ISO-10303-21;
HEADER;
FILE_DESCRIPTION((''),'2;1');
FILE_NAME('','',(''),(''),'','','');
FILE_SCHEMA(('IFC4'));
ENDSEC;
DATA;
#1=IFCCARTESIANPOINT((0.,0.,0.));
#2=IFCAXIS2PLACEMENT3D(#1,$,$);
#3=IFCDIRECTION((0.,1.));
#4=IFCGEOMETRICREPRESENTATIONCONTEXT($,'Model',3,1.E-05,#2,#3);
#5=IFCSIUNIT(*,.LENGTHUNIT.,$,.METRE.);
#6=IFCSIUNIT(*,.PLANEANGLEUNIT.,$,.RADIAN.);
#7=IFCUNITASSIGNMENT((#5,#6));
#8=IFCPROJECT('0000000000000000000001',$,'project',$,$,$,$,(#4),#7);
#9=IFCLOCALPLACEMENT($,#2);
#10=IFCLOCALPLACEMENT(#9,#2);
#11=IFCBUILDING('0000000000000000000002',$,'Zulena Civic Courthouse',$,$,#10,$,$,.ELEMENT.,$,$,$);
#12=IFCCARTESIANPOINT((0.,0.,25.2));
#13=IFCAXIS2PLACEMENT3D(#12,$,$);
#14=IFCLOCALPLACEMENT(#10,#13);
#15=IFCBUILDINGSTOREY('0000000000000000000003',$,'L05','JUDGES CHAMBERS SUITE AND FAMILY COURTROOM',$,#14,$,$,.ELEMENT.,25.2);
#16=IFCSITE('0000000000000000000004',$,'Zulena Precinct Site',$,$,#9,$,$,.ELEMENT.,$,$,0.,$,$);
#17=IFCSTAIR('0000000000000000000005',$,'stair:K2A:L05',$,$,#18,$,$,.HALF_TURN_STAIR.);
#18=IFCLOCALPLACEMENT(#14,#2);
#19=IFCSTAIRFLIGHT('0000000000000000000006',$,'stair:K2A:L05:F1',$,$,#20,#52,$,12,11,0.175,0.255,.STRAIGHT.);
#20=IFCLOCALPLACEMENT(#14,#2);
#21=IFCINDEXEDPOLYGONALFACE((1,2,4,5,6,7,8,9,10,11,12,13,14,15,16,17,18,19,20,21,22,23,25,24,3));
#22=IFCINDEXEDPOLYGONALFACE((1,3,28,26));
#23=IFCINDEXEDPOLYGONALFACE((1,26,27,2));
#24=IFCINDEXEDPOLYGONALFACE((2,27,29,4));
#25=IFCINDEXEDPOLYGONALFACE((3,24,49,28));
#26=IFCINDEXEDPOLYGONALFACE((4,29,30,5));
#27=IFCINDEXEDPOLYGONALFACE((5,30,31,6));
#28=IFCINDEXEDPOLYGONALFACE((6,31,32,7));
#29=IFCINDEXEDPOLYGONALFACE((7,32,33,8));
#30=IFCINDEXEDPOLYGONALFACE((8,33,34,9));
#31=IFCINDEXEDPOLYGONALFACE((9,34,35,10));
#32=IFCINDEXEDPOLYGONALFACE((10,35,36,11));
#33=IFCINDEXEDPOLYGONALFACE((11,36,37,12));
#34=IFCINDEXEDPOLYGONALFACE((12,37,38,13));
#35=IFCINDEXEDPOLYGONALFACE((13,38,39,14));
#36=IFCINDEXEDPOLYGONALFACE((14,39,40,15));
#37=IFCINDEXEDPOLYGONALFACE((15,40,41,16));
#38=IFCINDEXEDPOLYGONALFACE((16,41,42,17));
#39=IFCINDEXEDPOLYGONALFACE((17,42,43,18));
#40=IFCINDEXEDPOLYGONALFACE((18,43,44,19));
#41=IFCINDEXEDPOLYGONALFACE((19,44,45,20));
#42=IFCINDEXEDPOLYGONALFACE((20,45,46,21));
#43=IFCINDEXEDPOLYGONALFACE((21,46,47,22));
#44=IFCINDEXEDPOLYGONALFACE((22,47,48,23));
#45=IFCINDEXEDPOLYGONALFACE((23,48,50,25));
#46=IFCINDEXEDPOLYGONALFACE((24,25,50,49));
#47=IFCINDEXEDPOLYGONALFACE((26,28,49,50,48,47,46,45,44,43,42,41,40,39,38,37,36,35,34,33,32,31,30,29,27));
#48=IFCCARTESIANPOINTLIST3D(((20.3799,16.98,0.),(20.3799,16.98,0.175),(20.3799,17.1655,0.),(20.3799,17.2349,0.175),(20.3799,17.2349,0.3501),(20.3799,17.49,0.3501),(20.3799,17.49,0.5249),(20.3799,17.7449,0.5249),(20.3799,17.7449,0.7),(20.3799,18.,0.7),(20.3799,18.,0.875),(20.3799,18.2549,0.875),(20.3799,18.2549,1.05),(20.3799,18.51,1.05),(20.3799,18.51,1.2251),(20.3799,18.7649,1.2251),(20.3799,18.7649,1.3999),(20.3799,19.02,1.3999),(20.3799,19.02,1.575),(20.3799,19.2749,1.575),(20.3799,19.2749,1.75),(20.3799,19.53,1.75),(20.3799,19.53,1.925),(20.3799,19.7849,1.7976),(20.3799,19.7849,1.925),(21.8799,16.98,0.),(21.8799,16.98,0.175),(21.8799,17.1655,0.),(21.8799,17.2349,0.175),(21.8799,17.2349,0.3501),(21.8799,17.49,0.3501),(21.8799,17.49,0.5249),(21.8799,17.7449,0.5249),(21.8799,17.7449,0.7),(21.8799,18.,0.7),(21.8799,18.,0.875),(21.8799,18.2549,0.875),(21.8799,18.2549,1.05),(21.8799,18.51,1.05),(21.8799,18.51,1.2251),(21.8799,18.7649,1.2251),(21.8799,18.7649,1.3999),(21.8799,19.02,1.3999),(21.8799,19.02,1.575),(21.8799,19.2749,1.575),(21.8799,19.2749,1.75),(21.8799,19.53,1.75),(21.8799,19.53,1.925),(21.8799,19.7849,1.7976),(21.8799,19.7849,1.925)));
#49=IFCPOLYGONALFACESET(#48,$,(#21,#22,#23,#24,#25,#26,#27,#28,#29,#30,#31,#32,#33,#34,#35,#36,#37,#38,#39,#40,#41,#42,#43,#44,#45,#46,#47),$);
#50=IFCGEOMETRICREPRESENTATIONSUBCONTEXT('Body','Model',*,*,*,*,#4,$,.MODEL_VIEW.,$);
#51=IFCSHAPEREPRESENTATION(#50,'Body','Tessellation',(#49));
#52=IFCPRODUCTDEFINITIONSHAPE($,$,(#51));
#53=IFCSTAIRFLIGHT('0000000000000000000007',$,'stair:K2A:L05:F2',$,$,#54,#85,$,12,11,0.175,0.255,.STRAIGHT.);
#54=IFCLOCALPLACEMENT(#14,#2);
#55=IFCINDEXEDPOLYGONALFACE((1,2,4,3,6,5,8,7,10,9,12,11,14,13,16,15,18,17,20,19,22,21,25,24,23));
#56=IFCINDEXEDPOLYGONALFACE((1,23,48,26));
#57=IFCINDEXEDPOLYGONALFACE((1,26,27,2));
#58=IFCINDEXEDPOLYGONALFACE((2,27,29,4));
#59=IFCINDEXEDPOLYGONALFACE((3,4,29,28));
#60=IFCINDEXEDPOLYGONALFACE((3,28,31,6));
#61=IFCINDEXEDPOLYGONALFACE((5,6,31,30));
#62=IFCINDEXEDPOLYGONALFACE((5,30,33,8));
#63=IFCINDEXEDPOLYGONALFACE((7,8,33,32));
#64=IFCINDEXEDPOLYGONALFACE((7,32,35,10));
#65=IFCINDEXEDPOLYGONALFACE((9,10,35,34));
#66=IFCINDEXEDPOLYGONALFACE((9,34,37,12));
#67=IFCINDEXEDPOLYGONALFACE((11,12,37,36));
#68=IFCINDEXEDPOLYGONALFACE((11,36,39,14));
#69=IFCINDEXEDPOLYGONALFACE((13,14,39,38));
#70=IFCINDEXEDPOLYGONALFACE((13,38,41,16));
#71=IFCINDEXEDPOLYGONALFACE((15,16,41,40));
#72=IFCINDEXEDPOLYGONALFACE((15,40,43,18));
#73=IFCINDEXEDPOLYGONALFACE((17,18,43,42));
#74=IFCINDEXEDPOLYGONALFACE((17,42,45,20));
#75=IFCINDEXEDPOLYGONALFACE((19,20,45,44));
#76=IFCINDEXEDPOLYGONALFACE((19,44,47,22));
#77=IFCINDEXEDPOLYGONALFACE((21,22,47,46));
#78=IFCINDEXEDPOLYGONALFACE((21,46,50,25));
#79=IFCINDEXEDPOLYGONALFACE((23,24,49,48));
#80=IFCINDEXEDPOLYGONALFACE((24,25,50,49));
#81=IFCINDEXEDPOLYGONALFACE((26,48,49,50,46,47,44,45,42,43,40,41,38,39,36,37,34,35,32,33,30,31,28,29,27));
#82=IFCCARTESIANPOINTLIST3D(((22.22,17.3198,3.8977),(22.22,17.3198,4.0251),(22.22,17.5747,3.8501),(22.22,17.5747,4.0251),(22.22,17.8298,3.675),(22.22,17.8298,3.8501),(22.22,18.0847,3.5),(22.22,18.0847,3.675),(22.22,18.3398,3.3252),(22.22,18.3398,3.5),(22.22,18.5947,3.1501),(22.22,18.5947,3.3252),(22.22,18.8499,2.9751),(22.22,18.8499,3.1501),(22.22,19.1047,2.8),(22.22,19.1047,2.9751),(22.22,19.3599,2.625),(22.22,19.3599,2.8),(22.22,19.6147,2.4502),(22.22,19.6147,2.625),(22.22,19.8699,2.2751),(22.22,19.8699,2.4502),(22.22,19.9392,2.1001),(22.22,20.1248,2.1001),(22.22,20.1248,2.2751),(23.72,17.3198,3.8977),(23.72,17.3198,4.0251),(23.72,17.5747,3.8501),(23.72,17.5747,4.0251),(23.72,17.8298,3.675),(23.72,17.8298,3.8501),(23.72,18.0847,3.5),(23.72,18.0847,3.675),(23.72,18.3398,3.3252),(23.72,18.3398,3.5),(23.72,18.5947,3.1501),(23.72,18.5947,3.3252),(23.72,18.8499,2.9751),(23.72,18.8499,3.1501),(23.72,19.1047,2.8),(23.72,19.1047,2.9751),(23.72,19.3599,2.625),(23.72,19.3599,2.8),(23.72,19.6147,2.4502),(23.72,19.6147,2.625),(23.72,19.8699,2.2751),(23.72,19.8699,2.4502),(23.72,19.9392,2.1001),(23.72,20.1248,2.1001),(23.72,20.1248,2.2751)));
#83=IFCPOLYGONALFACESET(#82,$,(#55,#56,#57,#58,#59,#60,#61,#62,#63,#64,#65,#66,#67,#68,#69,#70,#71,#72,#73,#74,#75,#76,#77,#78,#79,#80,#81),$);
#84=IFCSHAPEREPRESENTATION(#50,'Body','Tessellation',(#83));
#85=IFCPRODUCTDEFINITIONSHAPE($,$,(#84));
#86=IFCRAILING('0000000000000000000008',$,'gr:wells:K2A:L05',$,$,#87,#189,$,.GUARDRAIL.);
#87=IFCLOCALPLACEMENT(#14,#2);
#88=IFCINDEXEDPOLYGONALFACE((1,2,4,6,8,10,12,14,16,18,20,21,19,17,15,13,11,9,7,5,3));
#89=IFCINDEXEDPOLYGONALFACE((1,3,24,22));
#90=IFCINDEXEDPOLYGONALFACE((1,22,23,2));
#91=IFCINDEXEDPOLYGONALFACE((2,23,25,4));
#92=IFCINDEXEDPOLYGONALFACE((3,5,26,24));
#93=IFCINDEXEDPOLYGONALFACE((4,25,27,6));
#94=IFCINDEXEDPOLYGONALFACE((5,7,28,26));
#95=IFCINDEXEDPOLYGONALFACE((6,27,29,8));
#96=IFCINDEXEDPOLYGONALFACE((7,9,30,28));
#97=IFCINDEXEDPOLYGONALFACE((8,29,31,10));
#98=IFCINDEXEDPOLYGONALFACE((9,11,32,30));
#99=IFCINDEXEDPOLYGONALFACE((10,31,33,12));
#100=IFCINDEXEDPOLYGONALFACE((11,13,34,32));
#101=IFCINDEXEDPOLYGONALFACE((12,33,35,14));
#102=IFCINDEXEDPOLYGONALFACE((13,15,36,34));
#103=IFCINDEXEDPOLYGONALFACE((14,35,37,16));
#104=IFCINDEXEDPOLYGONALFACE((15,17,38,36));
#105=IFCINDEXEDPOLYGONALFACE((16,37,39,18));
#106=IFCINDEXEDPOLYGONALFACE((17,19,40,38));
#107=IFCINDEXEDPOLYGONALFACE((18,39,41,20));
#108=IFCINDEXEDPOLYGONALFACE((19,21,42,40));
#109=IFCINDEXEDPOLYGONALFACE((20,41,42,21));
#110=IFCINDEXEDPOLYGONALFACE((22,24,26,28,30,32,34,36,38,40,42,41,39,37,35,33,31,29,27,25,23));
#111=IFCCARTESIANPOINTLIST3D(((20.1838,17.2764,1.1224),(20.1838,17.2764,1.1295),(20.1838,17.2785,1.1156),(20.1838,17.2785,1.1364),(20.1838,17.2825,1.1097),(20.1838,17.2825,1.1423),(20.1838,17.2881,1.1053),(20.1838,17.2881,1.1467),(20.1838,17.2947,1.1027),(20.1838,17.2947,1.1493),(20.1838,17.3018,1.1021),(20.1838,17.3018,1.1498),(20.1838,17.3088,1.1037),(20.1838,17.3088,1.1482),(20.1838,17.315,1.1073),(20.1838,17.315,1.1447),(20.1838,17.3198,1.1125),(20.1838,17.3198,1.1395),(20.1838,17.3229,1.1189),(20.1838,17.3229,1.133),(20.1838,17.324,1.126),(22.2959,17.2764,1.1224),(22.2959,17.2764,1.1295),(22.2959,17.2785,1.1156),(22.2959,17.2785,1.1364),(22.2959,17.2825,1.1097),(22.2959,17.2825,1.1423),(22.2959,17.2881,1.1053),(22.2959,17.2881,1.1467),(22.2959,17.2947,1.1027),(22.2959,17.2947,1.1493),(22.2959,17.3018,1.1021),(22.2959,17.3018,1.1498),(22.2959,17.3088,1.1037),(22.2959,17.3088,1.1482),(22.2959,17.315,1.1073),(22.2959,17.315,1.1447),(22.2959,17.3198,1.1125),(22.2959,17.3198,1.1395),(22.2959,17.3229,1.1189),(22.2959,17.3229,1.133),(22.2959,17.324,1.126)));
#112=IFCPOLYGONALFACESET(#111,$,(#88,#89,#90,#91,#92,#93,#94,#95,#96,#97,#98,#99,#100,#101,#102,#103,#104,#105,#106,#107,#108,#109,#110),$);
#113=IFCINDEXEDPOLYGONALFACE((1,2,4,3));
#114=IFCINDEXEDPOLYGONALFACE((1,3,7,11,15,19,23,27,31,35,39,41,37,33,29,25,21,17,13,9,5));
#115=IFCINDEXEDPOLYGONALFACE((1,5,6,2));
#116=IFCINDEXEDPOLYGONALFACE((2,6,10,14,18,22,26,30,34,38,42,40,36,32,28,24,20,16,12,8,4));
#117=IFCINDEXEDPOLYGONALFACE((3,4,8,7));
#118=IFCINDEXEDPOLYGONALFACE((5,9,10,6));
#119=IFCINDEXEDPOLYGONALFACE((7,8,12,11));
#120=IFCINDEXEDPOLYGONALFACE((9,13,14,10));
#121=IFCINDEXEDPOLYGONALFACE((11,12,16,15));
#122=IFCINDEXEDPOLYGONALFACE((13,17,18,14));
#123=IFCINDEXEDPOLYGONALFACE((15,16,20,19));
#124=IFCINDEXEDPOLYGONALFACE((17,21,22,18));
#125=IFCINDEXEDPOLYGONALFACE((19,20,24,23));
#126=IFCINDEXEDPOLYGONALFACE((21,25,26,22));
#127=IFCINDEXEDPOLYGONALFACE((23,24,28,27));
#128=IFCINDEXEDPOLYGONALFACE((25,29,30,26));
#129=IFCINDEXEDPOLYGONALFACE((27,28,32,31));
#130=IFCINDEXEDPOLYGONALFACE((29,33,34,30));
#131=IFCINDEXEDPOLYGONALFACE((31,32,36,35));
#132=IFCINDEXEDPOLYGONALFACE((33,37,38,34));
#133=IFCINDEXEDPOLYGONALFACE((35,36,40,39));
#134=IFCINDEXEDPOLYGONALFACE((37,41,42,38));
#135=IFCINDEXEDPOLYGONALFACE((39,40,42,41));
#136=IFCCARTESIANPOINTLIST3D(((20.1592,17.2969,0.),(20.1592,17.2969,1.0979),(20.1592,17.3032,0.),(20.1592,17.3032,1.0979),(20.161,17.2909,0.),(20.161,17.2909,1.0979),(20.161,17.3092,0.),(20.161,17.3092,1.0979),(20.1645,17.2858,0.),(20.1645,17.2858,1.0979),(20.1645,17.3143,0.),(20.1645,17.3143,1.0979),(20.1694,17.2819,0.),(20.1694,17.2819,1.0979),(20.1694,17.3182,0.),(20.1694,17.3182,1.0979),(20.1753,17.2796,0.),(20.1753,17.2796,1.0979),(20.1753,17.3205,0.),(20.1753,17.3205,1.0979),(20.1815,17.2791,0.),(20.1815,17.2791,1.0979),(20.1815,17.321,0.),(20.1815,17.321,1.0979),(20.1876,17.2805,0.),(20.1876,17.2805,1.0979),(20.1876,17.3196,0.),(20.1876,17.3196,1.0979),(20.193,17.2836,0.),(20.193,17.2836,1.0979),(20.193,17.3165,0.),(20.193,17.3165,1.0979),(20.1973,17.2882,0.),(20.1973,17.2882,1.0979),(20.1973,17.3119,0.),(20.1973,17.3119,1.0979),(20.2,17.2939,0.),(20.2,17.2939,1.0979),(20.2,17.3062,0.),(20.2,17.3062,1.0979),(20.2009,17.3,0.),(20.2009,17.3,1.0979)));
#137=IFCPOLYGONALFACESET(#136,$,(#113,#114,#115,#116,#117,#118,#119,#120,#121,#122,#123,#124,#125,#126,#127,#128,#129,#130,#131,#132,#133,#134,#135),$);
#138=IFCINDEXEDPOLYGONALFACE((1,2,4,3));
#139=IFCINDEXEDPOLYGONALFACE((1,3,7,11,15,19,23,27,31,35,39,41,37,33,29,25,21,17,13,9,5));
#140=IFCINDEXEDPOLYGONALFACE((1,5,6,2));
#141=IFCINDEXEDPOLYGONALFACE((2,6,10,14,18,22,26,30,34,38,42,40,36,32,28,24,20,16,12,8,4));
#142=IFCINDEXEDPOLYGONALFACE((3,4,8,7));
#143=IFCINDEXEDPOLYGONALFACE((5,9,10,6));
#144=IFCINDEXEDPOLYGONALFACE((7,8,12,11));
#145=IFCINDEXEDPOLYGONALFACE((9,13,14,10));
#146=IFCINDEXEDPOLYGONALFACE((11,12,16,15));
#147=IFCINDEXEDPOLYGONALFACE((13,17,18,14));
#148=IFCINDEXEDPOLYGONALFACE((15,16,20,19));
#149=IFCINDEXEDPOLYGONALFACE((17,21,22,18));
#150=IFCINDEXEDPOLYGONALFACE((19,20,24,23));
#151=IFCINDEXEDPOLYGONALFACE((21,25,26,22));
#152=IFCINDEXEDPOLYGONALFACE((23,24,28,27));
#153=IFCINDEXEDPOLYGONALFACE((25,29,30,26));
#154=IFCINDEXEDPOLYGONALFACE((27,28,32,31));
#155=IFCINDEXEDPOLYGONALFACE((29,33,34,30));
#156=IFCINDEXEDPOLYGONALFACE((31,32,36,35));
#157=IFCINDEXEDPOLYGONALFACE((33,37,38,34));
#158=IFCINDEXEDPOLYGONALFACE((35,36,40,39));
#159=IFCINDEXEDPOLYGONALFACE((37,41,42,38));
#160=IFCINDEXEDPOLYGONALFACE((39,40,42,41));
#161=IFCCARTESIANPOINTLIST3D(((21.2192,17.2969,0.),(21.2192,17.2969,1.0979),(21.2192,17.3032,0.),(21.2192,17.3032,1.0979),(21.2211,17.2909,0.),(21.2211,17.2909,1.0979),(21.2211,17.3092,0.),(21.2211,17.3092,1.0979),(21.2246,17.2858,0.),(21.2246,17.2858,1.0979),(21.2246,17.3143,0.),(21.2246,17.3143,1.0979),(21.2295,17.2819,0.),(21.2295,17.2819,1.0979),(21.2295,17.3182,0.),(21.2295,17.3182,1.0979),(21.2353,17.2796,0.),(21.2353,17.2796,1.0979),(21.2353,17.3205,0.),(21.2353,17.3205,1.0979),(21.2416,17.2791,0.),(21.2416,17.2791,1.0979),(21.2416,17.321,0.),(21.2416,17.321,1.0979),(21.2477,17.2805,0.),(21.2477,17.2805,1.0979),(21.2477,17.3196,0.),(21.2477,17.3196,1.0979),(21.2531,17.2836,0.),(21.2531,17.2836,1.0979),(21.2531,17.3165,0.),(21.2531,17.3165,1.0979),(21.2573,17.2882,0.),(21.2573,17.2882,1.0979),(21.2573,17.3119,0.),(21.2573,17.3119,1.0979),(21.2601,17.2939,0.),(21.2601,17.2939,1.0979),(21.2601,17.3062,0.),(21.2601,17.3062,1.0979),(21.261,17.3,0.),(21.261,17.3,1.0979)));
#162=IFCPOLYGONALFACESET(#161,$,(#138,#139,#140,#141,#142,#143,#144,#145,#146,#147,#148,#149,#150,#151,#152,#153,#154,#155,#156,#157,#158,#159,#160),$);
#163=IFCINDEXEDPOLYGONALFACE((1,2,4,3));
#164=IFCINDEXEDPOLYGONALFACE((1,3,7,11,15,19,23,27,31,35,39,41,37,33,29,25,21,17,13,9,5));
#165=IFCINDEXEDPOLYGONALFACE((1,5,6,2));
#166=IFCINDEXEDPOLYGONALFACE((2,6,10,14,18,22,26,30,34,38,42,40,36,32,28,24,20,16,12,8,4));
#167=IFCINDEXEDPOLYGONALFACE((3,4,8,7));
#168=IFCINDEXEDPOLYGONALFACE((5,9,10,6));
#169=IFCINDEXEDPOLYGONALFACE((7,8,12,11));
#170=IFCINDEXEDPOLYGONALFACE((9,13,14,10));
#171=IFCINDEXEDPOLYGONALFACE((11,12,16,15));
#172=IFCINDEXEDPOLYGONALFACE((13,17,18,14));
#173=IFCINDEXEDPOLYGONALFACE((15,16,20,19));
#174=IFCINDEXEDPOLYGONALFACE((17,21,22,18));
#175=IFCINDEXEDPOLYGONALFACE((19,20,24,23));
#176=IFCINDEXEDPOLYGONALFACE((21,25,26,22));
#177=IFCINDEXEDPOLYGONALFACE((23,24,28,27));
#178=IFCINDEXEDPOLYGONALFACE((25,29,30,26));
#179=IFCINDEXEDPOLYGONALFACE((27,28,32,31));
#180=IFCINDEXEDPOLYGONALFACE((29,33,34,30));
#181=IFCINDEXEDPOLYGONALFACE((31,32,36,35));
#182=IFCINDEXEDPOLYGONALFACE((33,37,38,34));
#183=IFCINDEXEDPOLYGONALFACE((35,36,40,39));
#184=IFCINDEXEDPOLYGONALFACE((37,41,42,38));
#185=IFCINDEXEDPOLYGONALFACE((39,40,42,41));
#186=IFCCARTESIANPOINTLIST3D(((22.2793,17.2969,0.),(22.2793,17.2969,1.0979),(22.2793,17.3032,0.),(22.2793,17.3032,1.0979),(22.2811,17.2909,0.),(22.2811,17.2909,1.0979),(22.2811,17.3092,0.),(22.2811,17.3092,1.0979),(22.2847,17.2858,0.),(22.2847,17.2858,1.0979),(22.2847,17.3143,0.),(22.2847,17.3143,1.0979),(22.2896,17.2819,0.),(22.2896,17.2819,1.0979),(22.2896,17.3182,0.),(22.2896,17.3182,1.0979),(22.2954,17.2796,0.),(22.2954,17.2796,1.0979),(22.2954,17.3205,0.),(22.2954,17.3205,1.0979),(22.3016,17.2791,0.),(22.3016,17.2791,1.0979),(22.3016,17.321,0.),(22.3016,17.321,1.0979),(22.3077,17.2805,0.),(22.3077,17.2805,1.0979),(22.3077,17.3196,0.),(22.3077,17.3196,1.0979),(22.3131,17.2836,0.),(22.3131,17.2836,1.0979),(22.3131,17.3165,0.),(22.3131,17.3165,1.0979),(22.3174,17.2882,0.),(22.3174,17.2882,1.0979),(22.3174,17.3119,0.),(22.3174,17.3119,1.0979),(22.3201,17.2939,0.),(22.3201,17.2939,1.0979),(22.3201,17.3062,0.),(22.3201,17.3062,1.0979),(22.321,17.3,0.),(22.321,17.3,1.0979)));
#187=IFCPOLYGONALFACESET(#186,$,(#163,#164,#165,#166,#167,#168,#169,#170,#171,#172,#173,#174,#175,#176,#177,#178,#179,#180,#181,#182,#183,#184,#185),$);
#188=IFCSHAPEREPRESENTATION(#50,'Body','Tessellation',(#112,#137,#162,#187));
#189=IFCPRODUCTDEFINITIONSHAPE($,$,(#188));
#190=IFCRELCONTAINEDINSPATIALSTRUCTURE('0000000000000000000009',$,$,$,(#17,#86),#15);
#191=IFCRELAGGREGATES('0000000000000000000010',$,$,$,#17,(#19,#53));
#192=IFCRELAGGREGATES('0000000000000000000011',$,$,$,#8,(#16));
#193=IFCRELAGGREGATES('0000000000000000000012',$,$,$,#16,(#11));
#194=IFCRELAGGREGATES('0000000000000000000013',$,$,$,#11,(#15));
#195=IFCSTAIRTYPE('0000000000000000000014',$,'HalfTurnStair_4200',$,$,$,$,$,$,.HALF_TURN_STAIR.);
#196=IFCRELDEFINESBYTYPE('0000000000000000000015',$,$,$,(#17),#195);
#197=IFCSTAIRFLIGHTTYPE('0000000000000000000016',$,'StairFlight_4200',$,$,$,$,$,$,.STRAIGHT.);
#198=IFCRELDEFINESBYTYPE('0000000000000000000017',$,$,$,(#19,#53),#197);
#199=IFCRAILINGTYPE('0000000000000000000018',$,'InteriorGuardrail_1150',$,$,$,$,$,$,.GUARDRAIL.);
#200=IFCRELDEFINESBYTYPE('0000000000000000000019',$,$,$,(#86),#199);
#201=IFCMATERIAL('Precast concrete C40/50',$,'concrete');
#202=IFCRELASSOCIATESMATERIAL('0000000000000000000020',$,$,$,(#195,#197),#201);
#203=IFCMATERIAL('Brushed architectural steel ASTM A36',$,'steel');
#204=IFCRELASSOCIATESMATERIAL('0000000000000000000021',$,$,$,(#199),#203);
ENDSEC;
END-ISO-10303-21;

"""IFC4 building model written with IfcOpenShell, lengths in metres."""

from ifc_helpers import new_model, si_unit, direction, frame, origin, origin_2d, place, context, subcontext, project, spatial, polyline, circle, outline, extrude, material, type_object, element, aggregate, save


model = new_model("IFC4")

# Units and contexts
model_context = context("Model", 3, precision=1e-05, world=origin(), true_north=direction((0.0, 1.0)))
body_context = subcontext(model_context, "Body", "Model", "MODEL_VIEW")
ifc_project = project(units=[si_unit("LENGTHUNIT", "METRE"), si_unit("PLANEANGLEUNIT", "RADIAN")], contexts=[model_context])

# Site, building, storey
site_placement = place(None, origin())
site = spatial("IfcSite", under=ifc_project, at=site_placement, Name="Zulena Precinct Site", CompositionType="ELEMENT", RefElevation=0.0)
building_placement = place(site_placement, origin())
building = spatial("IfcBuilding", under=site, at=building_placement, Name="Zulena Civic Courthouse", CompositionType="ELEMENT")
storey_placement = place(building_placement, frame((0.0, 0.0, 25.2)))
storey = spatial("IfcBuildingStorey", under=building, at=storey_placement, Name="L05", Description="JUDGES CHAMBERS SUITE AND FAMILY COURTROOM", CompositionType="ELEMENT", Elevation=25.2)

# Stair, stair flights
ifc_material_1 = material(Name="Precast concrete C40/50", Category="concrete")
stair_type = type_object("IfcStairType", Name="HalfTurnStair_4200", PredefinedType="HALF_TURN_STAIR", material=ifc_material_1)
stair_placement = place(storey_placement, origin())
stair = element("IfcStair", 1, at=stair_placement, inside=storey, type_object=stair_type, Name="stair:K2A:L05", PredefinedType="HALF_TURN_STAIR")
stair_flight_type = type_object("IfcStairFlightType", Name="StairFlight_4200", PredefinedType="STRAIGHT", material=ifc_material_1)
stair_flight_1_placement = place(storey_placement, frame((21.1299, 16.98, 0.0), z_axis=(0.0, 0.0, 1.0), x_axis=(0.0, 1.0, 0.0)))
stair_flight_1 = element("IfcStairFlight", 2, at=stair_flight_1_placement, type_object=stair_flight_type, Name="stair:K2A:L05:F1", NumberOfRisers=12, NumberOfTreads=11, PredefinedType="STRAIGHT", RiserHeight=0.175, TreadLength=0.255, context=body_context, shape_type="SweptSolid", body=[
    extrude(outline(polyline([(0.0, 0.0), (0.0, 0.175), (0.2549, 0.175), (0.2549, 0.3501), (0.51, 0.3501), (0.51, 0.5249), (0.7649, 0.5249), (0.7649, 0.7), (1.02, 0.7), (1.02, 0.875), (1.2749, 0.875), (1.2749, 1.05), (1.53, 1.05), (1.53, 1.2251), (1.7849, 1.2251), (1.7849, 1.3999), (2.04, 1.3999), (2.04, 1.575), (2.2949, 1.575), (2.2949, 1.75), (2.55, 1.75), (2.55, 1.925), (2.8049, 1.925), (2.8049, 2.1001), (2.8049, 1.7976), (0.1855, 0.0), (0.0, 0.0)])), frame((0.0, 0.75, 0.0), z_axis=(0.0, -1.0, 0.0), x_axis=(1.0, 0.0, 0.0)), (0.0, 0.0, 1.0), 1.5),
])
stair_flight_2_placement = place(storey_placement, frame((22.97, 20.1248, 2.1001), z_axis=(0.0, 0.0, 1.0), x_axis=(0.0, -1.0, 0.0)))
stair_flight_2 = element("IfcStairFlight", 3, at=stair_flight_2_placement, type_object=stair_flight_type, Name="stair:K2A:L05:F2", NumberOfRisers=12, NumberOfTreads=11, PredefinedType="STRAIGHT", RiserHeight=0.175, TreadLength=0.255, context=body_context, shape_type="SweptSolid", body=[
    extrude(outline(polyline([(0.0, 0.0), (0.0, 0.175), (0.2549, 0.175), (0.2549, 0.3501), (0.51, 0.3501), (0.51, 0.5249), (0.7649, 0.5249), (0.7649, 0.7), (1.02, 0.7), (1.02, 0.875), (1.2749, 0.875), (1.2749, 1.05), (1.53, 1.05), (1.53, 1.2251), (1.7849, 1.2251), (1.7849, 1.3999), (2.04, 1.3999), (2.04, 1.575), (2.2949, 1.575), (2.2949, 1.75), (2.55, 1.75), (2.55, 1.925), (2.8049, 1.925), (2.8049, 2.1001), (2.8049, 1.7976), (0.1855, 0.0), (0.0, 0.0)])), frame((0.0, 0.75, 0.0), z_axis=(0.0, -1.0, 0.0), x_axis=(1.0, 0.0, 0.0)), (0.0, 0.0, 1.0), 1.5),
])
aggregate(stair, [stair_flight_1, stair_flight_2])

# Railing
ifc_material_2 = material(Name="Brushed architectural steel ASTM A36", Category="steel")
railing_type_1 = type_object("IfcRailingType", Name="InteriorGuardrail_1150", PredefinedType="GUARDRAIL", material=ifc_material_2)
railing_1_placement = place(storey_placement, frame((20.1799, 17.3, 0.0)))
element("IfcRailing", 4, at=railing_1_placement, inside=storey, type_object=railing_type_1, Name="gr:wells:K2A:L05", PredefinedType="GUARDRAIL", context=body_context, shape_type="SweptSolid", body=[
    extrude(circle(Radius=0.0239, at=origin_2d()), frame((0.0039, 0.0, 1.126), z_axis=(1.0, 0.0, 0.0), x_axis=(0.0, 1.0, 0.0)), (0.0, 0.0, 1.0), 2.1121),
    extrude(circle(Radius=0.021, at=origin_2d()), origin(), (0.0, 0.0, 1.0), 1.0979),
    extrude(circle(Radius=0.021, at=origin_2d()), frame((1.0601, 0.0, 0.0)), (0.0, 0.0, 1.0), 1.0979),
    extrude(circle(Radius=0.021, at=origin_2d()), frame((2.1201, 0.0, 0.0)), (0.0, 0.0, 1.0), 1.0979),
])

save(model, "model.ifc")
